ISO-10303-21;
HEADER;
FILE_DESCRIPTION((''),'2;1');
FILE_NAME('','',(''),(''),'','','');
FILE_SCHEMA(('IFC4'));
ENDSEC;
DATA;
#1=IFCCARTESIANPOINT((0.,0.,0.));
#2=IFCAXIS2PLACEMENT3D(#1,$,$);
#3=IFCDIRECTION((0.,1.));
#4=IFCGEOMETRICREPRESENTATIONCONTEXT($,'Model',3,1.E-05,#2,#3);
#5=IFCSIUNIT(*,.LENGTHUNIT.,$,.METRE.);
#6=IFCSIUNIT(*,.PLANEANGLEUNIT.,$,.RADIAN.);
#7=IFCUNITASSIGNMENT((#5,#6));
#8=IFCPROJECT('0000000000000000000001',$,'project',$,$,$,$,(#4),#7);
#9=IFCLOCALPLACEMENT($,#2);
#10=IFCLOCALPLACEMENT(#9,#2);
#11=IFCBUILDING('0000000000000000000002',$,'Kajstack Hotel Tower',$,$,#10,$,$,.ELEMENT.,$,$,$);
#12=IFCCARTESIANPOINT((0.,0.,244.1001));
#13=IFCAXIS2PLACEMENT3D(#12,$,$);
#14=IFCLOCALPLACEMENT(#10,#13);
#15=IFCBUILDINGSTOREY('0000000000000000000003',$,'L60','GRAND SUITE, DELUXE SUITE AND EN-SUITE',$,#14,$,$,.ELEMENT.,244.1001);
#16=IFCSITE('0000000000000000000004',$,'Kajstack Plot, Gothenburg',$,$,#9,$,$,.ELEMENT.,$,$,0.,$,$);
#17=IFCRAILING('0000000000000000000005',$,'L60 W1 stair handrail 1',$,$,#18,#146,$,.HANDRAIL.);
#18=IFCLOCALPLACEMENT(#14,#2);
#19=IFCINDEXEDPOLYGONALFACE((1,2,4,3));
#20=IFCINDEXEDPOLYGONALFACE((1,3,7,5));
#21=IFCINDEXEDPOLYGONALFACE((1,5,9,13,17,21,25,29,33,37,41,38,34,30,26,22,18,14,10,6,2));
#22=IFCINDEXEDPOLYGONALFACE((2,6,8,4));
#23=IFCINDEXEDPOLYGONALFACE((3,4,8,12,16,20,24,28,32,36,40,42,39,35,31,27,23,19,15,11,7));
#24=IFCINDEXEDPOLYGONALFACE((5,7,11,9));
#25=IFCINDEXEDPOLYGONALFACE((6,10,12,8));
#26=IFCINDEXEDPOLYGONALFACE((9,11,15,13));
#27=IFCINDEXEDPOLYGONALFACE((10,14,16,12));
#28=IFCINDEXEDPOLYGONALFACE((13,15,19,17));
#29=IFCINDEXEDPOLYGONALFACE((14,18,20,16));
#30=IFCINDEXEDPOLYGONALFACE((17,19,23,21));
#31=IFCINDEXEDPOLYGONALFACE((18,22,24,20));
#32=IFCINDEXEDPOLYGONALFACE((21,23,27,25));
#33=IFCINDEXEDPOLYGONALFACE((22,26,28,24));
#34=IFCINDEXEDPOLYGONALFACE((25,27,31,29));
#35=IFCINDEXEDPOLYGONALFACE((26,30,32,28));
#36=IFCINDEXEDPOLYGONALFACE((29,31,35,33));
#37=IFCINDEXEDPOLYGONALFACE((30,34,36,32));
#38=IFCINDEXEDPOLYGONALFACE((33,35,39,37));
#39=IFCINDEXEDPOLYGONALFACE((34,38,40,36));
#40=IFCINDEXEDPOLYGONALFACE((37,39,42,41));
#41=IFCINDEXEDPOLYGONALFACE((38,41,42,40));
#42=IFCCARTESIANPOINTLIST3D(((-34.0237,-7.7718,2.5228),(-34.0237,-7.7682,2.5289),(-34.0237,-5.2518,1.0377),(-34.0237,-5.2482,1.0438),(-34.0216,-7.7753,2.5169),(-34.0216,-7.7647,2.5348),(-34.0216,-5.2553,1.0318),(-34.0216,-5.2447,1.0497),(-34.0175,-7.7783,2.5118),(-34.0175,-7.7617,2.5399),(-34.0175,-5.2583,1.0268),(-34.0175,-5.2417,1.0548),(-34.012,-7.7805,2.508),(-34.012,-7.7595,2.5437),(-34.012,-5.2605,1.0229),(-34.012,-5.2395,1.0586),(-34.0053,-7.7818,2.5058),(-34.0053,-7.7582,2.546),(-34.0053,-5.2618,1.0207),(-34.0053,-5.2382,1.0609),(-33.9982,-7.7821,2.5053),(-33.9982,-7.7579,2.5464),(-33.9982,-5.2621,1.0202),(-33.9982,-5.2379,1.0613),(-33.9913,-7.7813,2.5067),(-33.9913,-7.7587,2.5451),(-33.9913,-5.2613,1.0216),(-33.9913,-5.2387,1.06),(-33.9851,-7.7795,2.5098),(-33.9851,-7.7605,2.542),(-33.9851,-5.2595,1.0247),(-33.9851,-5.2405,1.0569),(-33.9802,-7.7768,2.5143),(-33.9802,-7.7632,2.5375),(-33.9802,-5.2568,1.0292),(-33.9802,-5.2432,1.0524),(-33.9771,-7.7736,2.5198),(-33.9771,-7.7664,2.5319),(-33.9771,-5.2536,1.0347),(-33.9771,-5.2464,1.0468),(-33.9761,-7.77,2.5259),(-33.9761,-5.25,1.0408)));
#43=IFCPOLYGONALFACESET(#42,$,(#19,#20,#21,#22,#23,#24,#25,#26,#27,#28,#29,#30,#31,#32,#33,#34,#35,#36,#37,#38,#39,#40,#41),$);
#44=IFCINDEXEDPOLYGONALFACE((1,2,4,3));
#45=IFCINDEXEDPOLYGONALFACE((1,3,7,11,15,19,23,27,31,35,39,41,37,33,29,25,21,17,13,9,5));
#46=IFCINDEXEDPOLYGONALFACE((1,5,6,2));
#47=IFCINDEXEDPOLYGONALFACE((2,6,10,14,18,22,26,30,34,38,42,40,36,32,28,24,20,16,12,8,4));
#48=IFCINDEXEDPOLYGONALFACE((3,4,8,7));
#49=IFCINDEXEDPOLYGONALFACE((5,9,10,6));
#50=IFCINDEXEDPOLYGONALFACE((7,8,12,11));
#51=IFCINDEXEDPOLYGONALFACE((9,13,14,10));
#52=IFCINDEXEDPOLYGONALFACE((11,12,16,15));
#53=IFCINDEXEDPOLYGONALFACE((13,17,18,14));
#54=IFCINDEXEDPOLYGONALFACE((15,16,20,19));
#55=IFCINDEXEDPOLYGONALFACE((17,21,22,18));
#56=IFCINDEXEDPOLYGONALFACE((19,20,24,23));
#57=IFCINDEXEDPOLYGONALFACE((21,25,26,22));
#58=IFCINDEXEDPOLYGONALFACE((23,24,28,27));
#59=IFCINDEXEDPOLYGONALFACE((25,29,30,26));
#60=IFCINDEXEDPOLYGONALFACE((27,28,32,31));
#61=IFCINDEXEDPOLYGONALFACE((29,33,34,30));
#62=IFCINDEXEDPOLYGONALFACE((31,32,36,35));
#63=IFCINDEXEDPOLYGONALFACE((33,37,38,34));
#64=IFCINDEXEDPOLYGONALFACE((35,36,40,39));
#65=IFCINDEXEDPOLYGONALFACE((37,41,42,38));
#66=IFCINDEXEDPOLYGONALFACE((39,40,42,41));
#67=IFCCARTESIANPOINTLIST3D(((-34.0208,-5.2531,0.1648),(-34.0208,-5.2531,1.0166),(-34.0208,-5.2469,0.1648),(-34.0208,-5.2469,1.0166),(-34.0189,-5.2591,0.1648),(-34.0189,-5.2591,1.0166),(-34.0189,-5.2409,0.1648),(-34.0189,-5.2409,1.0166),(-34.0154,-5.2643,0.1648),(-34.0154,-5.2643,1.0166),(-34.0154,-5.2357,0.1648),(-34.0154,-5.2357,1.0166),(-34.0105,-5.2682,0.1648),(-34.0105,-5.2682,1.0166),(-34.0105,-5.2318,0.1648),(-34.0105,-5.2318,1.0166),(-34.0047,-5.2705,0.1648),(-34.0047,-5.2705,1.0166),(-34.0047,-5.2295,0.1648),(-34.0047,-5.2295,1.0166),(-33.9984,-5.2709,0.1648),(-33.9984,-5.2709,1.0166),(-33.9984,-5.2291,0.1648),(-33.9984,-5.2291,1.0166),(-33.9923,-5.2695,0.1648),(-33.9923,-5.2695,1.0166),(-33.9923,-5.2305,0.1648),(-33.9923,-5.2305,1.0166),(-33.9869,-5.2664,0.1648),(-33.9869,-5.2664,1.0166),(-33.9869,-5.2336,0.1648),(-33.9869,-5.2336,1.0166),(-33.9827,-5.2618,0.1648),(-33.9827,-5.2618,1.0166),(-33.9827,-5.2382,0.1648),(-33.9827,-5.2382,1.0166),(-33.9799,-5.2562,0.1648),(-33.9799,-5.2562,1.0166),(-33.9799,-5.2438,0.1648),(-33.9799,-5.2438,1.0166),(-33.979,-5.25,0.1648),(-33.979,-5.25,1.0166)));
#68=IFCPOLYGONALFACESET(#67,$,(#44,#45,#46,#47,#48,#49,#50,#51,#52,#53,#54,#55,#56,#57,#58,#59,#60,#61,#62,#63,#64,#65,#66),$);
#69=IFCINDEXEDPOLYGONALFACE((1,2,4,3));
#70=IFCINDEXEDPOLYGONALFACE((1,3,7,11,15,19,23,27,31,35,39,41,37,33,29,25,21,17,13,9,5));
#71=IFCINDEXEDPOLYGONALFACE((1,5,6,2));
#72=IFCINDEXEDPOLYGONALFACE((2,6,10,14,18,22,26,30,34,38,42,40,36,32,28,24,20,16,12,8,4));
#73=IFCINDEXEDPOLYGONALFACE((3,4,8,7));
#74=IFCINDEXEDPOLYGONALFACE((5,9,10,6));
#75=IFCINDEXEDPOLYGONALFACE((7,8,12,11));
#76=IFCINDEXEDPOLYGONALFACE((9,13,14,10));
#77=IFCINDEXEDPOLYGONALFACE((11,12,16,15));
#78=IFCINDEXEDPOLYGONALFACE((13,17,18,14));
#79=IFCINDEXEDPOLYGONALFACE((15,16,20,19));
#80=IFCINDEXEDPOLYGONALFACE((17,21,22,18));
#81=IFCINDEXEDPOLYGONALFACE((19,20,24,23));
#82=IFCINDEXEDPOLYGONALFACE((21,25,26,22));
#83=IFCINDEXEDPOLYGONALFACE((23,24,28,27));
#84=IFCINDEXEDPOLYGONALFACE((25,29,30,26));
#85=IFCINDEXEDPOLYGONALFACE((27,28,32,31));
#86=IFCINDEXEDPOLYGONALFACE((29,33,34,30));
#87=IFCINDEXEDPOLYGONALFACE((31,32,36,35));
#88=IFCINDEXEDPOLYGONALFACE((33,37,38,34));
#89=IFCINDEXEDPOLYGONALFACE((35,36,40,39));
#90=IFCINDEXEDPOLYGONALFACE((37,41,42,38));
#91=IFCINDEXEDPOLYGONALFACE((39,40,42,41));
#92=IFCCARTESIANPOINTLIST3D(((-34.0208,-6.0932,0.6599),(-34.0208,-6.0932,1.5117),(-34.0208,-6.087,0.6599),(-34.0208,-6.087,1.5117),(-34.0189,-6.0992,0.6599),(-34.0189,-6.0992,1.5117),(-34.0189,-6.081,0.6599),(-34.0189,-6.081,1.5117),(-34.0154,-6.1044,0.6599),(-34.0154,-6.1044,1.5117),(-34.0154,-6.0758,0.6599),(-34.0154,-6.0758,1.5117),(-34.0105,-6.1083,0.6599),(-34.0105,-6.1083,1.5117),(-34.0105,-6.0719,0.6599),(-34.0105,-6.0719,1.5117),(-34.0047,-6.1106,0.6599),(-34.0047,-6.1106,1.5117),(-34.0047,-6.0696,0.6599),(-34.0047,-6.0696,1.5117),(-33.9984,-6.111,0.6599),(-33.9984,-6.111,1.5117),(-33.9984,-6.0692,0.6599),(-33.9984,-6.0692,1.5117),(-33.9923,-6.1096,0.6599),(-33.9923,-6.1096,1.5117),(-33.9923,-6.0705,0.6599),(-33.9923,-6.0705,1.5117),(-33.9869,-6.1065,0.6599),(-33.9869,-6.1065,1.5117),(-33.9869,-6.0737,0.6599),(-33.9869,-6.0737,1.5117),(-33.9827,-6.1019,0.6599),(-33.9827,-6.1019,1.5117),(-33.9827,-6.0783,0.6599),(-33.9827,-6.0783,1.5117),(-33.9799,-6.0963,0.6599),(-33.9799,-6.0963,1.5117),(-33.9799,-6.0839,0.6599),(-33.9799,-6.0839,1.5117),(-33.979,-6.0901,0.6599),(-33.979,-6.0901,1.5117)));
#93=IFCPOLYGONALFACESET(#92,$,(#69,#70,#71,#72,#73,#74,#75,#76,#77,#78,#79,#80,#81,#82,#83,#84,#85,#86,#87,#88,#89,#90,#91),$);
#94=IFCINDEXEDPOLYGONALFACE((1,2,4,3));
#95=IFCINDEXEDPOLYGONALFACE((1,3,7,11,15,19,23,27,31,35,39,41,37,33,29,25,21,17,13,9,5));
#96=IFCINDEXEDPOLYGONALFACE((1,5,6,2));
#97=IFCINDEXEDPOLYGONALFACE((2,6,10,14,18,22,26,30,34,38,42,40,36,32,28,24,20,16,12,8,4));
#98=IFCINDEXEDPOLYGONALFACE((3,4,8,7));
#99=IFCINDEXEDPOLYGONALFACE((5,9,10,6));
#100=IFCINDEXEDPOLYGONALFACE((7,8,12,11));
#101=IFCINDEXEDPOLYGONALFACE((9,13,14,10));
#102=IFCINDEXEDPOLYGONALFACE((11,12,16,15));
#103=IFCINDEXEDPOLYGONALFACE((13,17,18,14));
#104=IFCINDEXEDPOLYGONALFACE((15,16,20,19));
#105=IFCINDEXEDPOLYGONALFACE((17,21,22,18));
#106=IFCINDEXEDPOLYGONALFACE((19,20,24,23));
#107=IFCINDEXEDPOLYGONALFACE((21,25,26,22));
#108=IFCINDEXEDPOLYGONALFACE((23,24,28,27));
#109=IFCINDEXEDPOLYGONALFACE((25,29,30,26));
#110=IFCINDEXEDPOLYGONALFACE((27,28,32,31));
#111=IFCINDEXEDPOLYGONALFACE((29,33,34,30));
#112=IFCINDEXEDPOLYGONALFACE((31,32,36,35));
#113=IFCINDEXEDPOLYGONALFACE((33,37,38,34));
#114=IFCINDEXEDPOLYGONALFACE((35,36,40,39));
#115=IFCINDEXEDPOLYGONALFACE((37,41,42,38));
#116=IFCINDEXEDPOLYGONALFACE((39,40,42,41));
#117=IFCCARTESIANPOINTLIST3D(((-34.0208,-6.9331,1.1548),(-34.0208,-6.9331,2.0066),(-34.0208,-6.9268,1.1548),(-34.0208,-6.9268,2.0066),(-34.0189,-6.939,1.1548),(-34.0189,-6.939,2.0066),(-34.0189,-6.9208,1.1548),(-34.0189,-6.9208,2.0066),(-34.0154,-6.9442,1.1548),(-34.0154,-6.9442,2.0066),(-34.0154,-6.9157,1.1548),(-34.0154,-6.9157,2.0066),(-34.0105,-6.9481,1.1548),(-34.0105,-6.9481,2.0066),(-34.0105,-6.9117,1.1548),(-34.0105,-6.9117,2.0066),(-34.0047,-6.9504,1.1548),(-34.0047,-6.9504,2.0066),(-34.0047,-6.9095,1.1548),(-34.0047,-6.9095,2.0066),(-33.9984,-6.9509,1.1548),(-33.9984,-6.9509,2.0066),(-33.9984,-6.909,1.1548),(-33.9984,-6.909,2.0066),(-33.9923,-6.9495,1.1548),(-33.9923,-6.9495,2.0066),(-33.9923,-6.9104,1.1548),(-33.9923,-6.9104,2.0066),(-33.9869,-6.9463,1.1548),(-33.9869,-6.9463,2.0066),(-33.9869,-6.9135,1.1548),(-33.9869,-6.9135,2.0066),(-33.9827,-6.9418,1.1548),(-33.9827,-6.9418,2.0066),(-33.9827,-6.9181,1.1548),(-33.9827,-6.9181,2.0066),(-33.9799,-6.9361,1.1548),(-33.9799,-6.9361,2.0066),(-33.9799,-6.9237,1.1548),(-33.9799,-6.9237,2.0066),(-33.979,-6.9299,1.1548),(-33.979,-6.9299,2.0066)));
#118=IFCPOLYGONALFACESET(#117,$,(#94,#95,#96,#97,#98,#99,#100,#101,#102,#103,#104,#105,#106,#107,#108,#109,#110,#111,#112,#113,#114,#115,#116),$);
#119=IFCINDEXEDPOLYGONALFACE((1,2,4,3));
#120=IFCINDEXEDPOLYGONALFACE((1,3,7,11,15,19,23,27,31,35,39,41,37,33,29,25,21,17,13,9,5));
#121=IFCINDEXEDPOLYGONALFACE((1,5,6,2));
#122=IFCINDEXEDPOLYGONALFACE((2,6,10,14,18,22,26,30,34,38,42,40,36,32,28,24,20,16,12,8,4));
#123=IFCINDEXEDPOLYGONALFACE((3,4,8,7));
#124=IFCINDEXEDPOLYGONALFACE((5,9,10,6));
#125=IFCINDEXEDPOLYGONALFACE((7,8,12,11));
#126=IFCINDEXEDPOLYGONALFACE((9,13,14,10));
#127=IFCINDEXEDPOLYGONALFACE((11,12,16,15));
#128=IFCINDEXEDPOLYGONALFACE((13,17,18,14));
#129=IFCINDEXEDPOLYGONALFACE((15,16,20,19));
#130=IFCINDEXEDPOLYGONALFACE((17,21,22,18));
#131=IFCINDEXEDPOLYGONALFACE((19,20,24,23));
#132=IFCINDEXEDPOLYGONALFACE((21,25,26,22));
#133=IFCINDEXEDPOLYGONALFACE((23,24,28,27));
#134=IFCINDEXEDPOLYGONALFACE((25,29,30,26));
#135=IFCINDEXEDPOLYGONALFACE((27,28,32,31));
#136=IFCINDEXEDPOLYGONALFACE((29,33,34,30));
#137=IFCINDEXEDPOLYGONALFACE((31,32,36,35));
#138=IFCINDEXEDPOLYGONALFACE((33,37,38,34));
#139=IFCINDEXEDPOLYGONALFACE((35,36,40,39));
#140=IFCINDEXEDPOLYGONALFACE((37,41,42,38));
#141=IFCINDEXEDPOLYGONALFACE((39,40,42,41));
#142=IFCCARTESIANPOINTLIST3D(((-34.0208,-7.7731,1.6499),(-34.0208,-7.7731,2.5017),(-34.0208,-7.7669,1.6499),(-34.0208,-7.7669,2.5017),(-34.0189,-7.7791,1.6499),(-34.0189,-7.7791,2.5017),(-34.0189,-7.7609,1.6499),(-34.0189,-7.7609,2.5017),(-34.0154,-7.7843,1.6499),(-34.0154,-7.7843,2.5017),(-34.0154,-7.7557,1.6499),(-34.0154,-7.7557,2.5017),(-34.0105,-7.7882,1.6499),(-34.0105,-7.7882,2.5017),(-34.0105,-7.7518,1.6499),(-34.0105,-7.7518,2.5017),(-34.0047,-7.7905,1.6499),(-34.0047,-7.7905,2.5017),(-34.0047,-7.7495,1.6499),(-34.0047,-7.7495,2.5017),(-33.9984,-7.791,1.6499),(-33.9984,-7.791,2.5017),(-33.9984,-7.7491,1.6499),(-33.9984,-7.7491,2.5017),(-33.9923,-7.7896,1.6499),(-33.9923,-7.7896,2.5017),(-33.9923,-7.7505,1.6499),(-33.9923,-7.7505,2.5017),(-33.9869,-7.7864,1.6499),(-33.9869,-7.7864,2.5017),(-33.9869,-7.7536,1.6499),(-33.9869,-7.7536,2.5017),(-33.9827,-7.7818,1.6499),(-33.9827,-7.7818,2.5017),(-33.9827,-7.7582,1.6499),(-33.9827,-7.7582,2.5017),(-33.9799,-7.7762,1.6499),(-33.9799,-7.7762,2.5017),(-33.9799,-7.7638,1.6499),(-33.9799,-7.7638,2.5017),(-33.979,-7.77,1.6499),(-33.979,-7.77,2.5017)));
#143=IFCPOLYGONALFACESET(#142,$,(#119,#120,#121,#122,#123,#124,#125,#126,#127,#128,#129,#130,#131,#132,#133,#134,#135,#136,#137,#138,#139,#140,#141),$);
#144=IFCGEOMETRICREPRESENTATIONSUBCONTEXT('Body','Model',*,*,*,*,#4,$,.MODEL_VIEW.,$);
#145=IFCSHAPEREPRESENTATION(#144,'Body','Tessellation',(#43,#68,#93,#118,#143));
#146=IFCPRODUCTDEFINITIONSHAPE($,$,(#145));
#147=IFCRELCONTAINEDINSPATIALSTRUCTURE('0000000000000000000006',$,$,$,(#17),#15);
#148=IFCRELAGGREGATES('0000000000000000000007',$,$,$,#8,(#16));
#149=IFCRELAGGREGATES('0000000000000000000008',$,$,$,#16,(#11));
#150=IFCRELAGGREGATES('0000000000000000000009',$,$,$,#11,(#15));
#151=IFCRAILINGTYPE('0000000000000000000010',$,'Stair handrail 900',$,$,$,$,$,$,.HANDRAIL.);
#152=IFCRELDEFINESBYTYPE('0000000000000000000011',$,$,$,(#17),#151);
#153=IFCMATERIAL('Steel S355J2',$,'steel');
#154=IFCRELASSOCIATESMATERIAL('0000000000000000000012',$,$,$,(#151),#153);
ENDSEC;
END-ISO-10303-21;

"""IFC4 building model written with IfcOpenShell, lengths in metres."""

from ifc_helpers import new_model, si_unit, direction, frame, origin, origin_2d, place, context, subcontext, project, spatial, circle, extrude, material, type_object, element, save


model = new_model("IFC4")

# Units and contexts
model_context = context("Model", 3, precision=1e-05, world=origin(), true_north=direction((0.0, 1.0)))
body_context = subcontext(model_context, "Body", "Model", "MODEL_VIEW")
ifc_project = project(units=[si_unit("LENGTHUNIT", "METRE"), si_unit("PLANEANGLEUNIT", "RADIAN")], contexts=[model_context])

# Site, building, storey
site_placement = place(None, origin())
site = spatial("IfcSite", under=ifc_project, at=site_placement, Name="Kajstack Plot, Gothenburg", CompositionType="ELEMENT", RefElevation=0.0)
building_placement = place(site_placement, origin())
building = spatial("IfcBuilding", under=site, at=building_placement, Name="Kajstack Hotel Tower", CompositionType="ELEMENT")
storey_placement = place(building_placement, frame((0.0, 0.0, 244.1001)))
storey = spatial("IfcBuildingStorey", under=building, at=storey_placement, Name="L60", Description="GRAND SUITE, DELUXE SUITE AND EN-SUITE", CompositionType="ELEMENT", Elevation=244.1001)

# Railing
ifc_material_1 = material(Name="Steel S355J2", Category="steel")
railing_type_1 = type_object("IfcRailingType", Name="Stair handrail 900", PredefinedType="HANDRAIL", material=ifc_material_1)
railing_1_placement = place(storey_placement, frame((-34.0, -5.25, 0.1648)))
element("IfcRailing", 1, at=railing_1_placement, inside=storey, type_object=railing_type_1, Name="L60 W1 stair handrail 1", PredefinedType="HANDRAIL", context=body_context, shape_type="SweptSolid", body=[
    extrude(circle(Radius=0.0239, at=origin_2d()), frame((0.0, 0.0, 0.876), z_axis=(0.0, -0.861524, 0.507717), x_axis=(1.0, 0.0, 0.0)), (0.0, 0.0, 1.0), 2.925),
    extrude(circle(Radius=0.021, at=origin_2d()), origin(), (0.0, 0.0, 1.0), 0.8518),
    extrude(circle(Radius=0.021, at=origin_2d()), frame((0.0, -0.8401, 0.4951)), (0.0, 0.0, 1.0), 0.8518),
    extrude(circle(Radius=0.021, at=origin_2d()), frame((0.0, -1.6799, 0.99)), (0.0, 0.0, 1.0), 0.8518),
    extrude(circle(Radius=0.021, at=origin_2d()), frame((0.0, -2.52, 1.4851)), (0.0, 0.0, 1.0), 0.8518),
])

save(model, "model.ifc")
